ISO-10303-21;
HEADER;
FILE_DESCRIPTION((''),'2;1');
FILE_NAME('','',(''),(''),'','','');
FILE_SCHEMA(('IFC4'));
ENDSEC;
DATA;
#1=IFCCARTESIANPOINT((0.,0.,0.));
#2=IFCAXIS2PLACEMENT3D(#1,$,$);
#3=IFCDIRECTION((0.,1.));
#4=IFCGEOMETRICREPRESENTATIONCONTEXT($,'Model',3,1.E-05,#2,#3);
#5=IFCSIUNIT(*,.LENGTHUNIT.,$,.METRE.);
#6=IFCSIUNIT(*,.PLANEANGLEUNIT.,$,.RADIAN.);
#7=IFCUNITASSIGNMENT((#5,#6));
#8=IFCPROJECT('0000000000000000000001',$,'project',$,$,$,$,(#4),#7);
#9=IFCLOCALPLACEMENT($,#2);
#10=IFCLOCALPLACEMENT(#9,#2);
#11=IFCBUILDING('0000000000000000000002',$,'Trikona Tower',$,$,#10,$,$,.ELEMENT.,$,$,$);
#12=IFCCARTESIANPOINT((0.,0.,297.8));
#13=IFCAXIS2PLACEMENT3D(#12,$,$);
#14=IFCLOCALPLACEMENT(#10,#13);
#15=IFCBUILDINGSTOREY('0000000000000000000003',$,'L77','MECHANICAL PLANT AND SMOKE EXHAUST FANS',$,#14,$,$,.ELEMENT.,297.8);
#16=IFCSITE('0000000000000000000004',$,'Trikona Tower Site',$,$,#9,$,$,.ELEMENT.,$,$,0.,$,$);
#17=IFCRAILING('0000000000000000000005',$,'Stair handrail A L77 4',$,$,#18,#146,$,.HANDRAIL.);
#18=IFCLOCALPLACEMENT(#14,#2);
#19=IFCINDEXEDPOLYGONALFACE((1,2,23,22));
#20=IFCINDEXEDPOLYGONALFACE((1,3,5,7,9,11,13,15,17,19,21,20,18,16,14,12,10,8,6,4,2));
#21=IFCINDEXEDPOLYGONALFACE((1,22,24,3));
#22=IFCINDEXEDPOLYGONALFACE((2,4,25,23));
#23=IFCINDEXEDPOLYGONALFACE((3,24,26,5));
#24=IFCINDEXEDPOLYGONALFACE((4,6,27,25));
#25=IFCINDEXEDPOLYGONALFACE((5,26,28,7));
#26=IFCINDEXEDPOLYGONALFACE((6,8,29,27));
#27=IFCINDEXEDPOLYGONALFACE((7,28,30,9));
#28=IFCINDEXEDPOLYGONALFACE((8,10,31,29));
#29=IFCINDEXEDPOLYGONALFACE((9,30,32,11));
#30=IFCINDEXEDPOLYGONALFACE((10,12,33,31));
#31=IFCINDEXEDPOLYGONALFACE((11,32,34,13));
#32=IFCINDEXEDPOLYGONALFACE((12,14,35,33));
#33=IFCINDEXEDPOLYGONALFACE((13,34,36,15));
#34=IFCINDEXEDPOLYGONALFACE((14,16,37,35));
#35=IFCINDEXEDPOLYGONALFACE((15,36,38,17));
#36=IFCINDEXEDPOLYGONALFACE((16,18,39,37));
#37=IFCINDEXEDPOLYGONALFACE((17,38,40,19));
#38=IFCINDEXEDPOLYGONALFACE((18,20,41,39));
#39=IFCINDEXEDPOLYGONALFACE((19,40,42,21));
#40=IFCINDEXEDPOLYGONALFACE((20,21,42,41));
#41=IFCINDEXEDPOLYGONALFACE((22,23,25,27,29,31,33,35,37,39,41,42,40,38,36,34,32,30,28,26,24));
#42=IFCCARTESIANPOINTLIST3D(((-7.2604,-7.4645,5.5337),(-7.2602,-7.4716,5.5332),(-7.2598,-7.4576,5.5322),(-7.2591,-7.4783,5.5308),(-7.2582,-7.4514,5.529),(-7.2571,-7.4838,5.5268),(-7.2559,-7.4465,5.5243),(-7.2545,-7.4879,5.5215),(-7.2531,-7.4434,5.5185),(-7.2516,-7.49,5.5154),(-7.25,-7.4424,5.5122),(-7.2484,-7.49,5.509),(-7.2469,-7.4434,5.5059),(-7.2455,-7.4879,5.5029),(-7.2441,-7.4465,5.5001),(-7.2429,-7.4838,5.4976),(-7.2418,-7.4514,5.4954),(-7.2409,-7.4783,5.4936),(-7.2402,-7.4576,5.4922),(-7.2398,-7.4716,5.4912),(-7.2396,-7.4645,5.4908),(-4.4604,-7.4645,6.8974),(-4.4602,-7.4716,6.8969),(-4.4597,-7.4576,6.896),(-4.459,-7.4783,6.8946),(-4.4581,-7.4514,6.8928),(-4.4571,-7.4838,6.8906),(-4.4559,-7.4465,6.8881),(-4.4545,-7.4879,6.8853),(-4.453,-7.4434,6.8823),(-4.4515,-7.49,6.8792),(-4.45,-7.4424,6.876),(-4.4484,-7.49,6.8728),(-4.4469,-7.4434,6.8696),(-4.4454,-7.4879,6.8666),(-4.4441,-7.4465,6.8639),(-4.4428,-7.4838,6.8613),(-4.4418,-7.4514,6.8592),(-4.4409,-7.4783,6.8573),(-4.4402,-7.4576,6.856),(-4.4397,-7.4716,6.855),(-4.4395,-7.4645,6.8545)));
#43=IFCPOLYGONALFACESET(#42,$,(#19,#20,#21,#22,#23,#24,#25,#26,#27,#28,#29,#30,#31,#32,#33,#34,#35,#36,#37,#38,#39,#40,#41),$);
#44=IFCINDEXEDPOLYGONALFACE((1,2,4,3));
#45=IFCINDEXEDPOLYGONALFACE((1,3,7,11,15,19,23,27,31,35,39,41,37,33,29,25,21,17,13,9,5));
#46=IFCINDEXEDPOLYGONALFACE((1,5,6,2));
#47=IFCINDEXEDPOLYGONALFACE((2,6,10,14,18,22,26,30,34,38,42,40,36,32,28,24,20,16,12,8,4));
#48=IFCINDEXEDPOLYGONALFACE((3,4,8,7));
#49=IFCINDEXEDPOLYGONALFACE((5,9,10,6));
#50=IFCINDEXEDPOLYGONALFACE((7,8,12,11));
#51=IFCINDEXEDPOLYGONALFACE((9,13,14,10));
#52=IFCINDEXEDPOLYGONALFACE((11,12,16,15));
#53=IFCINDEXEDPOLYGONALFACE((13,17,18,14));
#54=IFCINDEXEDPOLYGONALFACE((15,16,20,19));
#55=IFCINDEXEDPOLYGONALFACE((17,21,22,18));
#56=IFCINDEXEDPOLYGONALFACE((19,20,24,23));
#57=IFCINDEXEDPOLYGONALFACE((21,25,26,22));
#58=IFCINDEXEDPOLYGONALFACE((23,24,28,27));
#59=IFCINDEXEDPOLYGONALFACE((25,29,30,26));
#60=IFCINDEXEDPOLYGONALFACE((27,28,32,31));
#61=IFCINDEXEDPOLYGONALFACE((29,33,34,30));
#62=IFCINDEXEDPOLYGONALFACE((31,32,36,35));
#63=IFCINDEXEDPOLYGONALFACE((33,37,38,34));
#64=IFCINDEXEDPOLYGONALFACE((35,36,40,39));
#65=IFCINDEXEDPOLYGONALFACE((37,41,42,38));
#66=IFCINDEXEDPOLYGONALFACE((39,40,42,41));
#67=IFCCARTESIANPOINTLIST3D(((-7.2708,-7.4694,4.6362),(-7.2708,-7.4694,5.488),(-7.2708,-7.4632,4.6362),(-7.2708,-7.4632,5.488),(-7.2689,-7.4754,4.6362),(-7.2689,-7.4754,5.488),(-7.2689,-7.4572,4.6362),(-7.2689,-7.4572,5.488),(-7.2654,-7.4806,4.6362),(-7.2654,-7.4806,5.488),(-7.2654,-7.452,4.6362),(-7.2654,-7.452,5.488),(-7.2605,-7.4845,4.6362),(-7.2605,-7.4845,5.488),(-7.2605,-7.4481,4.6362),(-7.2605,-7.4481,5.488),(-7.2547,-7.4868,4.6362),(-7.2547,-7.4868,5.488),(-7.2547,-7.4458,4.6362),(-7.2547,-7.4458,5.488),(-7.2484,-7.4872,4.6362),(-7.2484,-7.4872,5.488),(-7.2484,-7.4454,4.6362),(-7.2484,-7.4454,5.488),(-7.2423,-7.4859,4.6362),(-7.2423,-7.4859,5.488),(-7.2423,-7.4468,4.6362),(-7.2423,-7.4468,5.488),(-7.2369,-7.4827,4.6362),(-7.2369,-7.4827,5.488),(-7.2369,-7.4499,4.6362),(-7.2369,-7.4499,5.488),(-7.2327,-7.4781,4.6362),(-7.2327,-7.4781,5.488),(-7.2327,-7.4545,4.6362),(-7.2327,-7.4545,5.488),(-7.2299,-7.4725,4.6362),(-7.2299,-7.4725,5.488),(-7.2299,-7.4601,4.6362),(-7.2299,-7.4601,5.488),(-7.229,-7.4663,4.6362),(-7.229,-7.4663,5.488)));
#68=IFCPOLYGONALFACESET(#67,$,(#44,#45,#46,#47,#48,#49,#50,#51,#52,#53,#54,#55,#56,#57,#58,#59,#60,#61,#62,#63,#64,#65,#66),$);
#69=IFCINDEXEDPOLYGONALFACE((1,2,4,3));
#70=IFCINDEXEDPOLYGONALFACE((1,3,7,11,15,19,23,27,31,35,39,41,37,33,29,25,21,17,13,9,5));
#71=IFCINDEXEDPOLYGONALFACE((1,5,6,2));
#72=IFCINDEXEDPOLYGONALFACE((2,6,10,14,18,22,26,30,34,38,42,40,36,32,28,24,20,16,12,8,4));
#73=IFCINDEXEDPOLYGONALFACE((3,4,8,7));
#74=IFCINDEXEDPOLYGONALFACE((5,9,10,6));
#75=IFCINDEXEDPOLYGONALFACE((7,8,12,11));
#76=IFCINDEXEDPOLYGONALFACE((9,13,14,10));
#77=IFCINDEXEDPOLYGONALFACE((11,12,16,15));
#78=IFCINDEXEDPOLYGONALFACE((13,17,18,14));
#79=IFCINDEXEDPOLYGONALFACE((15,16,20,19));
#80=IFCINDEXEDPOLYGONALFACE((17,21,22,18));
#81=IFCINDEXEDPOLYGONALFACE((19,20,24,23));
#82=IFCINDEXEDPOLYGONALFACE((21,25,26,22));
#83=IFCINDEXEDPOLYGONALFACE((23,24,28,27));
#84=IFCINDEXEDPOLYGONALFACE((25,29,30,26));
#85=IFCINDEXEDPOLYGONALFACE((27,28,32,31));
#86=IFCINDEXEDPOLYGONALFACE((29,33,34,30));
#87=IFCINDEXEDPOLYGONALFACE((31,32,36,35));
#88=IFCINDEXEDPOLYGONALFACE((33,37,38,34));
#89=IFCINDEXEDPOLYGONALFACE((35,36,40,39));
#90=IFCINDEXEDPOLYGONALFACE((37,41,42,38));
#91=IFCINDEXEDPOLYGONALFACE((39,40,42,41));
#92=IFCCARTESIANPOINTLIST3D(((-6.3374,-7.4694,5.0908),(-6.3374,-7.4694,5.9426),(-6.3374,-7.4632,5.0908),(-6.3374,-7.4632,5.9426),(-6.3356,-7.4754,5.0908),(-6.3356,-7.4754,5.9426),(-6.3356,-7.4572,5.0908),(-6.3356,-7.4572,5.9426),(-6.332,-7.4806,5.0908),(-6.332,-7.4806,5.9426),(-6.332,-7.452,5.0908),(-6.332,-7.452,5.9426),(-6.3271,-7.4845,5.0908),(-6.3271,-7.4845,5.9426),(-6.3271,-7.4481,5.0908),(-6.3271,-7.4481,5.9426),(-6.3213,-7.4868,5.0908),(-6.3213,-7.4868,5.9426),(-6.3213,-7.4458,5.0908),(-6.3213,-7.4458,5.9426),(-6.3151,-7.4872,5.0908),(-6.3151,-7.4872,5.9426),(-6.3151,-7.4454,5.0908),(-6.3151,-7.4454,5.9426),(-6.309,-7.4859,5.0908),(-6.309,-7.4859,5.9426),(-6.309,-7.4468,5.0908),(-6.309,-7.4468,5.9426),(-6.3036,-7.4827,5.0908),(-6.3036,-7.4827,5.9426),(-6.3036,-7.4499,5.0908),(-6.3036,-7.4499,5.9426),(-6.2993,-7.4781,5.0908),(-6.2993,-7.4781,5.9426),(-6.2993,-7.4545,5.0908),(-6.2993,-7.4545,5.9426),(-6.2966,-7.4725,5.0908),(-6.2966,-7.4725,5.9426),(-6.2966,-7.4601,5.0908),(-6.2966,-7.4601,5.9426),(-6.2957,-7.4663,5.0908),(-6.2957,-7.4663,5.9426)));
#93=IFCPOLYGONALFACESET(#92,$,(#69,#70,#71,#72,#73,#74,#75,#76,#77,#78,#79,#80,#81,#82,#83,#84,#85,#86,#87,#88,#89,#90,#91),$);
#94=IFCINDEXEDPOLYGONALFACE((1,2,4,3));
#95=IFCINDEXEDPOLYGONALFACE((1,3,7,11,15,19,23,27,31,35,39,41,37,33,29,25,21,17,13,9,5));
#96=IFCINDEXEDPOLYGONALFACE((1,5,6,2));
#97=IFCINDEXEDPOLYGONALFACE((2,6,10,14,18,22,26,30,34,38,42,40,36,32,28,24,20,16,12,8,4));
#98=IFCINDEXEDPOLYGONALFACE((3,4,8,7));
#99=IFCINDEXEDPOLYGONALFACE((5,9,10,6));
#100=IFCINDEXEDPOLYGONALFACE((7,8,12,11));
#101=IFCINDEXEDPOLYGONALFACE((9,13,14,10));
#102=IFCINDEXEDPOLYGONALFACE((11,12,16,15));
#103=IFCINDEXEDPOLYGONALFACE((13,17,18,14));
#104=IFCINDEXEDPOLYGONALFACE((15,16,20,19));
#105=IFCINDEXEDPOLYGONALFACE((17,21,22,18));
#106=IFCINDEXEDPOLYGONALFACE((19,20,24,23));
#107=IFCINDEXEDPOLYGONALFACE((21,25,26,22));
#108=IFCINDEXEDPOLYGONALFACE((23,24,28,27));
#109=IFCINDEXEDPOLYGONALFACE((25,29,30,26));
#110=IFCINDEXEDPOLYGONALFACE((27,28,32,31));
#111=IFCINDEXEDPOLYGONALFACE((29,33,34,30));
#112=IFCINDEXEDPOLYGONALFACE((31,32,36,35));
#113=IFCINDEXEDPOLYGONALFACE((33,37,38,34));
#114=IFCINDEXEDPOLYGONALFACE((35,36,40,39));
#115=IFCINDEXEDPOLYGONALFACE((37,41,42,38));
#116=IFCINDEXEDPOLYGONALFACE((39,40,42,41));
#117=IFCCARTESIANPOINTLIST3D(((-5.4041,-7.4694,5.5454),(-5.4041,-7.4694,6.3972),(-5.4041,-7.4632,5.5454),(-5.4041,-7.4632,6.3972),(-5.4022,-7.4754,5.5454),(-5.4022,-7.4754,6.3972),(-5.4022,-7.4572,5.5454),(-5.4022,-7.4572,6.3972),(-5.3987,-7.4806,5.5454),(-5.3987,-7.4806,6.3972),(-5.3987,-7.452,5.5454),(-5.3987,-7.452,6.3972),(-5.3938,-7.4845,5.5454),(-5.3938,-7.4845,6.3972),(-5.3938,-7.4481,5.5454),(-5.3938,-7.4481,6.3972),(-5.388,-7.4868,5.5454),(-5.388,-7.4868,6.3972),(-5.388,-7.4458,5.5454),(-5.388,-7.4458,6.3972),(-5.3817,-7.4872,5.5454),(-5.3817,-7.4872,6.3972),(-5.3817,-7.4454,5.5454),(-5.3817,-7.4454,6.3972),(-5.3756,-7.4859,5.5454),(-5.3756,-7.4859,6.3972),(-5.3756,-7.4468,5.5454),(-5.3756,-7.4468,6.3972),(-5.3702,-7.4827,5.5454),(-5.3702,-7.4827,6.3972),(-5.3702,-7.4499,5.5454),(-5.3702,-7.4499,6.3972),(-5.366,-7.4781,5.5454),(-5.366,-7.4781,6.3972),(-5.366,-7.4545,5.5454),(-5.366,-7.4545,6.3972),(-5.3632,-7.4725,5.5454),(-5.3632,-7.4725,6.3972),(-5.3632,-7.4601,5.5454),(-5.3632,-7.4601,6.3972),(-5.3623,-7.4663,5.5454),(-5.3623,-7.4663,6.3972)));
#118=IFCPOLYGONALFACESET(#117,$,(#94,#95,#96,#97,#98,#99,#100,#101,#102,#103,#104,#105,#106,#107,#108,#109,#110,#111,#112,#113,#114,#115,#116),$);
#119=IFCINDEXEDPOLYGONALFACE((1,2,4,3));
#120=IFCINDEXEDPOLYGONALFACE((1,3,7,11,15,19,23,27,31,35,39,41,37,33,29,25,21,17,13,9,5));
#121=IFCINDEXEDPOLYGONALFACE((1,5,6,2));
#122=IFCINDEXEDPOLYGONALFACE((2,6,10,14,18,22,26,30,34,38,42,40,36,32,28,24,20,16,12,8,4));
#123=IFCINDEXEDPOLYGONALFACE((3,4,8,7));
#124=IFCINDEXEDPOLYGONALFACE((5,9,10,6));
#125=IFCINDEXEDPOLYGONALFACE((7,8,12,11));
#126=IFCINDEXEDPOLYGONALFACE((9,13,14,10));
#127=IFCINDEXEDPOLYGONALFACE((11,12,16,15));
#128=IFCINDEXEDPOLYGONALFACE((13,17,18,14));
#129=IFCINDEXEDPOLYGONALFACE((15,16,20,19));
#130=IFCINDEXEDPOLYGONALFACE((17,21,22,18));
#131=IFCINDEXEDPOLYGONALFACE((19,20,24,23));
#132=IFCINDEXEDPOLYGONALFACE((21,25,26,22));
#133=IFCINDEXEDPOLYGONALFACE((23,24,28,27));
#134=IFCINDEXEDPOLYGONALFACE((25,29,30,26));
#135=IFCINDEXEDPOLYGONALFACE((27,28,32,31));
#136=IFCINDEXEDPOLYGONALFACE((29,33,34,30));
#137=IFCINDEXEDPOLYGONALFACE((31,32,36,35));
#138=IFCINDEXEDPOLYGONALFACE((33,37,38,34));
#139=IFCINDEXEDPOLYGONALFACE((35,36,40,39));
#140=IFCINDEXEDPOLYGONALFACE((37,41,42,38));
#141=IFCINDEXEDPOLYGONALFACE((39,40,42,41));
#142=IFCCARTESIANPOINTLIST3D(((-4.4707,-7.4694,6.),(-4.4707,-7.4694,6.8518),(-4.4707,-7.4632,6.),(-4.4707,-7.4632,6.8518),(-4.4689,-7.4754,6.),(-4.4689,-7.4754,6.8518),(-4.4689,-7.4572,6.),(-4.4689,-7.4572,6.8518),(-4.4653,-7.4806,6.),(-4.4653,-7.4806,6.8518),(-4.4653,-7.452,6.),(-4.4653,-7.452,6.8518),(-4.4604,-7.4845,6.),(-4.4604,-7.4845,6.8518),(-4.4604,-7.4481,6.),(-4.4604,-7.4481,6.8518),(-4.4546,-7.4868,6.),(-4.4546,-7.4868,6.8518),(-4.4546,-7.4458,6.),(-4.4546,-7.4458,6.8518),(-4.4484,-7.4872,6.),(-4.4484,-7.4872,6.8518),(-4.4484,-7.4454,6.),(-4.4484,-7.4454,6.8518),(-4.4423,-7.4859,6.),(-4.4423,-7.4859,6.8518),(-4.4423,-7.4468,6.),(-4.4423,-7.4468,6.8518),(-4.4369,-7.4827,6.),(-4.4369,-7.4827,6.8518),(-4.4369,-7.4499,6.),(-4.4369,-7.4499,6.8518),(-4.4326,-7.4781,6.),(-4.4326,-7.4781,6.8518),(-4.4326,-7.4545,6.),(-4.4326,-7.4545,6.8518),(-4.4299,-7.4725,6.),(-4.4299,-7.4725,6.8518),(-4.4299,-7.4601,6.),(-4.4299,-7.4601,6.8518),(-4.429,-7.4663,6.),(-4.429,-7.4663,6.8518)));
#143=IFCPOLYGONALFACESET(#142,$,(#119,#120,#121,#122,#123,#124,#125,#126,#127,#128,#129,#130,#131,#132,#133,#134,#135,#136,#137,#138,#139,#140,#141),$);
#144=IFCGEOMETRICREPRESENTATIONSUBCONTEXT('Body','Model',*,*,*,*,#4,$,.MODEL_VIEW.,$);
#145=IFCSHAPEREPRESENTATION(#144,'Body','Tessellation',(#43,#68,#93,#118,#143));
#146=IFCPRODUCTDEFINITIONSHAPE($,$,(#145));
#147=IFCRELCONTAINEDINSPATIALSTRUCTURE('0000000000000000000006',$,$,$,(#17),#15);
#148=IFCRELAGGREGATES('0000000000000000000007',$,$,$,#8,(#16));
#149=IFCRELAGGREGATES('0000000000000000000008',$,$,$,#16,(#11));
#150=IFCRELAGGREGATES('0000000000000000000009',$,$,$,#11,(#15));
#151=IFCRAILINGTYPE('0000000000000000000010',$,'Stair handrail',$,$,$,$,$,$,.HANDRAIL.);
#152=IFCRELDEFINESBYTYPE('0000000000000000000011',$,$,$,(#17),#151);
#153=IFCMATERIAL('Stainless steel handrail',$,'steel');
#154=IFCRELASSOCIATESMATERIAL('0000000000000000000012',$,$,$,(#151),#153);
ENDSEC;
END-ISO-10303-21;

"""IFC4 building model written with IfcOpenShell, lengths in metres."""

from ifc_helpers import new_model, si_unit, direction, frame, origin, origin_2d, place, context, subcontext, project, spatial, circle, extrude, material, type_object, element, save


model = new_model("IFC4")

# Units and contexts
model_context = context("Model", 3, precision=1e-05, world=origin(), true_north=direction((0.0, 1.0)))
body_context = subcontext(model_context, "Body", "Model", "MODEL_VIEW")
ifc_project = project(units=[si_unit("LENGTHUNIT", "METRE"), si_unit("PLANEANGLEUNIT", "RADIAN")], contexts=[model_context])

# Site, building, storey
site_placement = place(None, origin())
site = spatial("IfcSite", under=ifc_project, at=site_placement, Name="Trikona Tower Site", CompositionType="ELEMENT", RefElevation=0.0)
building_placement = place(site_placement, origin())
building = spatial("IfcBuilding", under=site, at=building_placement, Name="Trikona Tower", CompositionType="ELEMENT")
storey_placement = place(building_placement, frame((0.0, 0.0, 297.8)))
storey = spatial("IfcBuildingStorey", under=building, at=storey_placement, Name="L77", Description="MECHANICAL PLANT AND SMOKE EXHAUST FANS", CompositionType="ELEMENT", Elevation=297.8)

# Railing
ifc_material_1 = material(Name="Stainless steel handrail", Category="steel")
railing_type_1 = type_object("IfcRailingType", Name="Stair handrail", PredefinedType="HANDRAIL", material=ifc_material_1)
railing_1_placement = place(storey_placement, frame((-7.25, -7.4663, 4.6362)))
element("IfcRailing", 1, at=railing_1_placement, inside=storey, type_object=railing_type_1, Name="Stair handrail A L77 4", PredefinedType="HANDRAIL", context=body_context, shape_type="SweptSolid", body=[
    extrude(circle(Radius=0.0239, at=origin_2d()), frame((0.0, 0.0, 0.876), z_axis=(0.899035, 0.0, 0.437877), x_axis=(0.0, 1.0, 0.0)), (0.0, 0.0, 1.0), 3.1145),
    extrude(circle(Radius=0.021, at=origin_2d()), origin(), (0.0, 0.0, 1.0), 0.8518),
    extrude(circle(Radius=0.021, at=origin_2d()), frame((0.9333, 0.0, 0.4546)), (0.0, 0.0, 1.0), 0.8518),
    extrude(circle(Radius=0.021, at=origin_2d()), frame((1.8667, 0.0, 0.9092)), (0.0, 0.0, 1.0), 0.8518),
    extrude(circle(Radius=0.021, at=origin_2d()), frame((2.8, 0.0, 1.3638)), (0.0, 0.0, 1.0), 0.8518),
])

save(model, "model.ifc")
